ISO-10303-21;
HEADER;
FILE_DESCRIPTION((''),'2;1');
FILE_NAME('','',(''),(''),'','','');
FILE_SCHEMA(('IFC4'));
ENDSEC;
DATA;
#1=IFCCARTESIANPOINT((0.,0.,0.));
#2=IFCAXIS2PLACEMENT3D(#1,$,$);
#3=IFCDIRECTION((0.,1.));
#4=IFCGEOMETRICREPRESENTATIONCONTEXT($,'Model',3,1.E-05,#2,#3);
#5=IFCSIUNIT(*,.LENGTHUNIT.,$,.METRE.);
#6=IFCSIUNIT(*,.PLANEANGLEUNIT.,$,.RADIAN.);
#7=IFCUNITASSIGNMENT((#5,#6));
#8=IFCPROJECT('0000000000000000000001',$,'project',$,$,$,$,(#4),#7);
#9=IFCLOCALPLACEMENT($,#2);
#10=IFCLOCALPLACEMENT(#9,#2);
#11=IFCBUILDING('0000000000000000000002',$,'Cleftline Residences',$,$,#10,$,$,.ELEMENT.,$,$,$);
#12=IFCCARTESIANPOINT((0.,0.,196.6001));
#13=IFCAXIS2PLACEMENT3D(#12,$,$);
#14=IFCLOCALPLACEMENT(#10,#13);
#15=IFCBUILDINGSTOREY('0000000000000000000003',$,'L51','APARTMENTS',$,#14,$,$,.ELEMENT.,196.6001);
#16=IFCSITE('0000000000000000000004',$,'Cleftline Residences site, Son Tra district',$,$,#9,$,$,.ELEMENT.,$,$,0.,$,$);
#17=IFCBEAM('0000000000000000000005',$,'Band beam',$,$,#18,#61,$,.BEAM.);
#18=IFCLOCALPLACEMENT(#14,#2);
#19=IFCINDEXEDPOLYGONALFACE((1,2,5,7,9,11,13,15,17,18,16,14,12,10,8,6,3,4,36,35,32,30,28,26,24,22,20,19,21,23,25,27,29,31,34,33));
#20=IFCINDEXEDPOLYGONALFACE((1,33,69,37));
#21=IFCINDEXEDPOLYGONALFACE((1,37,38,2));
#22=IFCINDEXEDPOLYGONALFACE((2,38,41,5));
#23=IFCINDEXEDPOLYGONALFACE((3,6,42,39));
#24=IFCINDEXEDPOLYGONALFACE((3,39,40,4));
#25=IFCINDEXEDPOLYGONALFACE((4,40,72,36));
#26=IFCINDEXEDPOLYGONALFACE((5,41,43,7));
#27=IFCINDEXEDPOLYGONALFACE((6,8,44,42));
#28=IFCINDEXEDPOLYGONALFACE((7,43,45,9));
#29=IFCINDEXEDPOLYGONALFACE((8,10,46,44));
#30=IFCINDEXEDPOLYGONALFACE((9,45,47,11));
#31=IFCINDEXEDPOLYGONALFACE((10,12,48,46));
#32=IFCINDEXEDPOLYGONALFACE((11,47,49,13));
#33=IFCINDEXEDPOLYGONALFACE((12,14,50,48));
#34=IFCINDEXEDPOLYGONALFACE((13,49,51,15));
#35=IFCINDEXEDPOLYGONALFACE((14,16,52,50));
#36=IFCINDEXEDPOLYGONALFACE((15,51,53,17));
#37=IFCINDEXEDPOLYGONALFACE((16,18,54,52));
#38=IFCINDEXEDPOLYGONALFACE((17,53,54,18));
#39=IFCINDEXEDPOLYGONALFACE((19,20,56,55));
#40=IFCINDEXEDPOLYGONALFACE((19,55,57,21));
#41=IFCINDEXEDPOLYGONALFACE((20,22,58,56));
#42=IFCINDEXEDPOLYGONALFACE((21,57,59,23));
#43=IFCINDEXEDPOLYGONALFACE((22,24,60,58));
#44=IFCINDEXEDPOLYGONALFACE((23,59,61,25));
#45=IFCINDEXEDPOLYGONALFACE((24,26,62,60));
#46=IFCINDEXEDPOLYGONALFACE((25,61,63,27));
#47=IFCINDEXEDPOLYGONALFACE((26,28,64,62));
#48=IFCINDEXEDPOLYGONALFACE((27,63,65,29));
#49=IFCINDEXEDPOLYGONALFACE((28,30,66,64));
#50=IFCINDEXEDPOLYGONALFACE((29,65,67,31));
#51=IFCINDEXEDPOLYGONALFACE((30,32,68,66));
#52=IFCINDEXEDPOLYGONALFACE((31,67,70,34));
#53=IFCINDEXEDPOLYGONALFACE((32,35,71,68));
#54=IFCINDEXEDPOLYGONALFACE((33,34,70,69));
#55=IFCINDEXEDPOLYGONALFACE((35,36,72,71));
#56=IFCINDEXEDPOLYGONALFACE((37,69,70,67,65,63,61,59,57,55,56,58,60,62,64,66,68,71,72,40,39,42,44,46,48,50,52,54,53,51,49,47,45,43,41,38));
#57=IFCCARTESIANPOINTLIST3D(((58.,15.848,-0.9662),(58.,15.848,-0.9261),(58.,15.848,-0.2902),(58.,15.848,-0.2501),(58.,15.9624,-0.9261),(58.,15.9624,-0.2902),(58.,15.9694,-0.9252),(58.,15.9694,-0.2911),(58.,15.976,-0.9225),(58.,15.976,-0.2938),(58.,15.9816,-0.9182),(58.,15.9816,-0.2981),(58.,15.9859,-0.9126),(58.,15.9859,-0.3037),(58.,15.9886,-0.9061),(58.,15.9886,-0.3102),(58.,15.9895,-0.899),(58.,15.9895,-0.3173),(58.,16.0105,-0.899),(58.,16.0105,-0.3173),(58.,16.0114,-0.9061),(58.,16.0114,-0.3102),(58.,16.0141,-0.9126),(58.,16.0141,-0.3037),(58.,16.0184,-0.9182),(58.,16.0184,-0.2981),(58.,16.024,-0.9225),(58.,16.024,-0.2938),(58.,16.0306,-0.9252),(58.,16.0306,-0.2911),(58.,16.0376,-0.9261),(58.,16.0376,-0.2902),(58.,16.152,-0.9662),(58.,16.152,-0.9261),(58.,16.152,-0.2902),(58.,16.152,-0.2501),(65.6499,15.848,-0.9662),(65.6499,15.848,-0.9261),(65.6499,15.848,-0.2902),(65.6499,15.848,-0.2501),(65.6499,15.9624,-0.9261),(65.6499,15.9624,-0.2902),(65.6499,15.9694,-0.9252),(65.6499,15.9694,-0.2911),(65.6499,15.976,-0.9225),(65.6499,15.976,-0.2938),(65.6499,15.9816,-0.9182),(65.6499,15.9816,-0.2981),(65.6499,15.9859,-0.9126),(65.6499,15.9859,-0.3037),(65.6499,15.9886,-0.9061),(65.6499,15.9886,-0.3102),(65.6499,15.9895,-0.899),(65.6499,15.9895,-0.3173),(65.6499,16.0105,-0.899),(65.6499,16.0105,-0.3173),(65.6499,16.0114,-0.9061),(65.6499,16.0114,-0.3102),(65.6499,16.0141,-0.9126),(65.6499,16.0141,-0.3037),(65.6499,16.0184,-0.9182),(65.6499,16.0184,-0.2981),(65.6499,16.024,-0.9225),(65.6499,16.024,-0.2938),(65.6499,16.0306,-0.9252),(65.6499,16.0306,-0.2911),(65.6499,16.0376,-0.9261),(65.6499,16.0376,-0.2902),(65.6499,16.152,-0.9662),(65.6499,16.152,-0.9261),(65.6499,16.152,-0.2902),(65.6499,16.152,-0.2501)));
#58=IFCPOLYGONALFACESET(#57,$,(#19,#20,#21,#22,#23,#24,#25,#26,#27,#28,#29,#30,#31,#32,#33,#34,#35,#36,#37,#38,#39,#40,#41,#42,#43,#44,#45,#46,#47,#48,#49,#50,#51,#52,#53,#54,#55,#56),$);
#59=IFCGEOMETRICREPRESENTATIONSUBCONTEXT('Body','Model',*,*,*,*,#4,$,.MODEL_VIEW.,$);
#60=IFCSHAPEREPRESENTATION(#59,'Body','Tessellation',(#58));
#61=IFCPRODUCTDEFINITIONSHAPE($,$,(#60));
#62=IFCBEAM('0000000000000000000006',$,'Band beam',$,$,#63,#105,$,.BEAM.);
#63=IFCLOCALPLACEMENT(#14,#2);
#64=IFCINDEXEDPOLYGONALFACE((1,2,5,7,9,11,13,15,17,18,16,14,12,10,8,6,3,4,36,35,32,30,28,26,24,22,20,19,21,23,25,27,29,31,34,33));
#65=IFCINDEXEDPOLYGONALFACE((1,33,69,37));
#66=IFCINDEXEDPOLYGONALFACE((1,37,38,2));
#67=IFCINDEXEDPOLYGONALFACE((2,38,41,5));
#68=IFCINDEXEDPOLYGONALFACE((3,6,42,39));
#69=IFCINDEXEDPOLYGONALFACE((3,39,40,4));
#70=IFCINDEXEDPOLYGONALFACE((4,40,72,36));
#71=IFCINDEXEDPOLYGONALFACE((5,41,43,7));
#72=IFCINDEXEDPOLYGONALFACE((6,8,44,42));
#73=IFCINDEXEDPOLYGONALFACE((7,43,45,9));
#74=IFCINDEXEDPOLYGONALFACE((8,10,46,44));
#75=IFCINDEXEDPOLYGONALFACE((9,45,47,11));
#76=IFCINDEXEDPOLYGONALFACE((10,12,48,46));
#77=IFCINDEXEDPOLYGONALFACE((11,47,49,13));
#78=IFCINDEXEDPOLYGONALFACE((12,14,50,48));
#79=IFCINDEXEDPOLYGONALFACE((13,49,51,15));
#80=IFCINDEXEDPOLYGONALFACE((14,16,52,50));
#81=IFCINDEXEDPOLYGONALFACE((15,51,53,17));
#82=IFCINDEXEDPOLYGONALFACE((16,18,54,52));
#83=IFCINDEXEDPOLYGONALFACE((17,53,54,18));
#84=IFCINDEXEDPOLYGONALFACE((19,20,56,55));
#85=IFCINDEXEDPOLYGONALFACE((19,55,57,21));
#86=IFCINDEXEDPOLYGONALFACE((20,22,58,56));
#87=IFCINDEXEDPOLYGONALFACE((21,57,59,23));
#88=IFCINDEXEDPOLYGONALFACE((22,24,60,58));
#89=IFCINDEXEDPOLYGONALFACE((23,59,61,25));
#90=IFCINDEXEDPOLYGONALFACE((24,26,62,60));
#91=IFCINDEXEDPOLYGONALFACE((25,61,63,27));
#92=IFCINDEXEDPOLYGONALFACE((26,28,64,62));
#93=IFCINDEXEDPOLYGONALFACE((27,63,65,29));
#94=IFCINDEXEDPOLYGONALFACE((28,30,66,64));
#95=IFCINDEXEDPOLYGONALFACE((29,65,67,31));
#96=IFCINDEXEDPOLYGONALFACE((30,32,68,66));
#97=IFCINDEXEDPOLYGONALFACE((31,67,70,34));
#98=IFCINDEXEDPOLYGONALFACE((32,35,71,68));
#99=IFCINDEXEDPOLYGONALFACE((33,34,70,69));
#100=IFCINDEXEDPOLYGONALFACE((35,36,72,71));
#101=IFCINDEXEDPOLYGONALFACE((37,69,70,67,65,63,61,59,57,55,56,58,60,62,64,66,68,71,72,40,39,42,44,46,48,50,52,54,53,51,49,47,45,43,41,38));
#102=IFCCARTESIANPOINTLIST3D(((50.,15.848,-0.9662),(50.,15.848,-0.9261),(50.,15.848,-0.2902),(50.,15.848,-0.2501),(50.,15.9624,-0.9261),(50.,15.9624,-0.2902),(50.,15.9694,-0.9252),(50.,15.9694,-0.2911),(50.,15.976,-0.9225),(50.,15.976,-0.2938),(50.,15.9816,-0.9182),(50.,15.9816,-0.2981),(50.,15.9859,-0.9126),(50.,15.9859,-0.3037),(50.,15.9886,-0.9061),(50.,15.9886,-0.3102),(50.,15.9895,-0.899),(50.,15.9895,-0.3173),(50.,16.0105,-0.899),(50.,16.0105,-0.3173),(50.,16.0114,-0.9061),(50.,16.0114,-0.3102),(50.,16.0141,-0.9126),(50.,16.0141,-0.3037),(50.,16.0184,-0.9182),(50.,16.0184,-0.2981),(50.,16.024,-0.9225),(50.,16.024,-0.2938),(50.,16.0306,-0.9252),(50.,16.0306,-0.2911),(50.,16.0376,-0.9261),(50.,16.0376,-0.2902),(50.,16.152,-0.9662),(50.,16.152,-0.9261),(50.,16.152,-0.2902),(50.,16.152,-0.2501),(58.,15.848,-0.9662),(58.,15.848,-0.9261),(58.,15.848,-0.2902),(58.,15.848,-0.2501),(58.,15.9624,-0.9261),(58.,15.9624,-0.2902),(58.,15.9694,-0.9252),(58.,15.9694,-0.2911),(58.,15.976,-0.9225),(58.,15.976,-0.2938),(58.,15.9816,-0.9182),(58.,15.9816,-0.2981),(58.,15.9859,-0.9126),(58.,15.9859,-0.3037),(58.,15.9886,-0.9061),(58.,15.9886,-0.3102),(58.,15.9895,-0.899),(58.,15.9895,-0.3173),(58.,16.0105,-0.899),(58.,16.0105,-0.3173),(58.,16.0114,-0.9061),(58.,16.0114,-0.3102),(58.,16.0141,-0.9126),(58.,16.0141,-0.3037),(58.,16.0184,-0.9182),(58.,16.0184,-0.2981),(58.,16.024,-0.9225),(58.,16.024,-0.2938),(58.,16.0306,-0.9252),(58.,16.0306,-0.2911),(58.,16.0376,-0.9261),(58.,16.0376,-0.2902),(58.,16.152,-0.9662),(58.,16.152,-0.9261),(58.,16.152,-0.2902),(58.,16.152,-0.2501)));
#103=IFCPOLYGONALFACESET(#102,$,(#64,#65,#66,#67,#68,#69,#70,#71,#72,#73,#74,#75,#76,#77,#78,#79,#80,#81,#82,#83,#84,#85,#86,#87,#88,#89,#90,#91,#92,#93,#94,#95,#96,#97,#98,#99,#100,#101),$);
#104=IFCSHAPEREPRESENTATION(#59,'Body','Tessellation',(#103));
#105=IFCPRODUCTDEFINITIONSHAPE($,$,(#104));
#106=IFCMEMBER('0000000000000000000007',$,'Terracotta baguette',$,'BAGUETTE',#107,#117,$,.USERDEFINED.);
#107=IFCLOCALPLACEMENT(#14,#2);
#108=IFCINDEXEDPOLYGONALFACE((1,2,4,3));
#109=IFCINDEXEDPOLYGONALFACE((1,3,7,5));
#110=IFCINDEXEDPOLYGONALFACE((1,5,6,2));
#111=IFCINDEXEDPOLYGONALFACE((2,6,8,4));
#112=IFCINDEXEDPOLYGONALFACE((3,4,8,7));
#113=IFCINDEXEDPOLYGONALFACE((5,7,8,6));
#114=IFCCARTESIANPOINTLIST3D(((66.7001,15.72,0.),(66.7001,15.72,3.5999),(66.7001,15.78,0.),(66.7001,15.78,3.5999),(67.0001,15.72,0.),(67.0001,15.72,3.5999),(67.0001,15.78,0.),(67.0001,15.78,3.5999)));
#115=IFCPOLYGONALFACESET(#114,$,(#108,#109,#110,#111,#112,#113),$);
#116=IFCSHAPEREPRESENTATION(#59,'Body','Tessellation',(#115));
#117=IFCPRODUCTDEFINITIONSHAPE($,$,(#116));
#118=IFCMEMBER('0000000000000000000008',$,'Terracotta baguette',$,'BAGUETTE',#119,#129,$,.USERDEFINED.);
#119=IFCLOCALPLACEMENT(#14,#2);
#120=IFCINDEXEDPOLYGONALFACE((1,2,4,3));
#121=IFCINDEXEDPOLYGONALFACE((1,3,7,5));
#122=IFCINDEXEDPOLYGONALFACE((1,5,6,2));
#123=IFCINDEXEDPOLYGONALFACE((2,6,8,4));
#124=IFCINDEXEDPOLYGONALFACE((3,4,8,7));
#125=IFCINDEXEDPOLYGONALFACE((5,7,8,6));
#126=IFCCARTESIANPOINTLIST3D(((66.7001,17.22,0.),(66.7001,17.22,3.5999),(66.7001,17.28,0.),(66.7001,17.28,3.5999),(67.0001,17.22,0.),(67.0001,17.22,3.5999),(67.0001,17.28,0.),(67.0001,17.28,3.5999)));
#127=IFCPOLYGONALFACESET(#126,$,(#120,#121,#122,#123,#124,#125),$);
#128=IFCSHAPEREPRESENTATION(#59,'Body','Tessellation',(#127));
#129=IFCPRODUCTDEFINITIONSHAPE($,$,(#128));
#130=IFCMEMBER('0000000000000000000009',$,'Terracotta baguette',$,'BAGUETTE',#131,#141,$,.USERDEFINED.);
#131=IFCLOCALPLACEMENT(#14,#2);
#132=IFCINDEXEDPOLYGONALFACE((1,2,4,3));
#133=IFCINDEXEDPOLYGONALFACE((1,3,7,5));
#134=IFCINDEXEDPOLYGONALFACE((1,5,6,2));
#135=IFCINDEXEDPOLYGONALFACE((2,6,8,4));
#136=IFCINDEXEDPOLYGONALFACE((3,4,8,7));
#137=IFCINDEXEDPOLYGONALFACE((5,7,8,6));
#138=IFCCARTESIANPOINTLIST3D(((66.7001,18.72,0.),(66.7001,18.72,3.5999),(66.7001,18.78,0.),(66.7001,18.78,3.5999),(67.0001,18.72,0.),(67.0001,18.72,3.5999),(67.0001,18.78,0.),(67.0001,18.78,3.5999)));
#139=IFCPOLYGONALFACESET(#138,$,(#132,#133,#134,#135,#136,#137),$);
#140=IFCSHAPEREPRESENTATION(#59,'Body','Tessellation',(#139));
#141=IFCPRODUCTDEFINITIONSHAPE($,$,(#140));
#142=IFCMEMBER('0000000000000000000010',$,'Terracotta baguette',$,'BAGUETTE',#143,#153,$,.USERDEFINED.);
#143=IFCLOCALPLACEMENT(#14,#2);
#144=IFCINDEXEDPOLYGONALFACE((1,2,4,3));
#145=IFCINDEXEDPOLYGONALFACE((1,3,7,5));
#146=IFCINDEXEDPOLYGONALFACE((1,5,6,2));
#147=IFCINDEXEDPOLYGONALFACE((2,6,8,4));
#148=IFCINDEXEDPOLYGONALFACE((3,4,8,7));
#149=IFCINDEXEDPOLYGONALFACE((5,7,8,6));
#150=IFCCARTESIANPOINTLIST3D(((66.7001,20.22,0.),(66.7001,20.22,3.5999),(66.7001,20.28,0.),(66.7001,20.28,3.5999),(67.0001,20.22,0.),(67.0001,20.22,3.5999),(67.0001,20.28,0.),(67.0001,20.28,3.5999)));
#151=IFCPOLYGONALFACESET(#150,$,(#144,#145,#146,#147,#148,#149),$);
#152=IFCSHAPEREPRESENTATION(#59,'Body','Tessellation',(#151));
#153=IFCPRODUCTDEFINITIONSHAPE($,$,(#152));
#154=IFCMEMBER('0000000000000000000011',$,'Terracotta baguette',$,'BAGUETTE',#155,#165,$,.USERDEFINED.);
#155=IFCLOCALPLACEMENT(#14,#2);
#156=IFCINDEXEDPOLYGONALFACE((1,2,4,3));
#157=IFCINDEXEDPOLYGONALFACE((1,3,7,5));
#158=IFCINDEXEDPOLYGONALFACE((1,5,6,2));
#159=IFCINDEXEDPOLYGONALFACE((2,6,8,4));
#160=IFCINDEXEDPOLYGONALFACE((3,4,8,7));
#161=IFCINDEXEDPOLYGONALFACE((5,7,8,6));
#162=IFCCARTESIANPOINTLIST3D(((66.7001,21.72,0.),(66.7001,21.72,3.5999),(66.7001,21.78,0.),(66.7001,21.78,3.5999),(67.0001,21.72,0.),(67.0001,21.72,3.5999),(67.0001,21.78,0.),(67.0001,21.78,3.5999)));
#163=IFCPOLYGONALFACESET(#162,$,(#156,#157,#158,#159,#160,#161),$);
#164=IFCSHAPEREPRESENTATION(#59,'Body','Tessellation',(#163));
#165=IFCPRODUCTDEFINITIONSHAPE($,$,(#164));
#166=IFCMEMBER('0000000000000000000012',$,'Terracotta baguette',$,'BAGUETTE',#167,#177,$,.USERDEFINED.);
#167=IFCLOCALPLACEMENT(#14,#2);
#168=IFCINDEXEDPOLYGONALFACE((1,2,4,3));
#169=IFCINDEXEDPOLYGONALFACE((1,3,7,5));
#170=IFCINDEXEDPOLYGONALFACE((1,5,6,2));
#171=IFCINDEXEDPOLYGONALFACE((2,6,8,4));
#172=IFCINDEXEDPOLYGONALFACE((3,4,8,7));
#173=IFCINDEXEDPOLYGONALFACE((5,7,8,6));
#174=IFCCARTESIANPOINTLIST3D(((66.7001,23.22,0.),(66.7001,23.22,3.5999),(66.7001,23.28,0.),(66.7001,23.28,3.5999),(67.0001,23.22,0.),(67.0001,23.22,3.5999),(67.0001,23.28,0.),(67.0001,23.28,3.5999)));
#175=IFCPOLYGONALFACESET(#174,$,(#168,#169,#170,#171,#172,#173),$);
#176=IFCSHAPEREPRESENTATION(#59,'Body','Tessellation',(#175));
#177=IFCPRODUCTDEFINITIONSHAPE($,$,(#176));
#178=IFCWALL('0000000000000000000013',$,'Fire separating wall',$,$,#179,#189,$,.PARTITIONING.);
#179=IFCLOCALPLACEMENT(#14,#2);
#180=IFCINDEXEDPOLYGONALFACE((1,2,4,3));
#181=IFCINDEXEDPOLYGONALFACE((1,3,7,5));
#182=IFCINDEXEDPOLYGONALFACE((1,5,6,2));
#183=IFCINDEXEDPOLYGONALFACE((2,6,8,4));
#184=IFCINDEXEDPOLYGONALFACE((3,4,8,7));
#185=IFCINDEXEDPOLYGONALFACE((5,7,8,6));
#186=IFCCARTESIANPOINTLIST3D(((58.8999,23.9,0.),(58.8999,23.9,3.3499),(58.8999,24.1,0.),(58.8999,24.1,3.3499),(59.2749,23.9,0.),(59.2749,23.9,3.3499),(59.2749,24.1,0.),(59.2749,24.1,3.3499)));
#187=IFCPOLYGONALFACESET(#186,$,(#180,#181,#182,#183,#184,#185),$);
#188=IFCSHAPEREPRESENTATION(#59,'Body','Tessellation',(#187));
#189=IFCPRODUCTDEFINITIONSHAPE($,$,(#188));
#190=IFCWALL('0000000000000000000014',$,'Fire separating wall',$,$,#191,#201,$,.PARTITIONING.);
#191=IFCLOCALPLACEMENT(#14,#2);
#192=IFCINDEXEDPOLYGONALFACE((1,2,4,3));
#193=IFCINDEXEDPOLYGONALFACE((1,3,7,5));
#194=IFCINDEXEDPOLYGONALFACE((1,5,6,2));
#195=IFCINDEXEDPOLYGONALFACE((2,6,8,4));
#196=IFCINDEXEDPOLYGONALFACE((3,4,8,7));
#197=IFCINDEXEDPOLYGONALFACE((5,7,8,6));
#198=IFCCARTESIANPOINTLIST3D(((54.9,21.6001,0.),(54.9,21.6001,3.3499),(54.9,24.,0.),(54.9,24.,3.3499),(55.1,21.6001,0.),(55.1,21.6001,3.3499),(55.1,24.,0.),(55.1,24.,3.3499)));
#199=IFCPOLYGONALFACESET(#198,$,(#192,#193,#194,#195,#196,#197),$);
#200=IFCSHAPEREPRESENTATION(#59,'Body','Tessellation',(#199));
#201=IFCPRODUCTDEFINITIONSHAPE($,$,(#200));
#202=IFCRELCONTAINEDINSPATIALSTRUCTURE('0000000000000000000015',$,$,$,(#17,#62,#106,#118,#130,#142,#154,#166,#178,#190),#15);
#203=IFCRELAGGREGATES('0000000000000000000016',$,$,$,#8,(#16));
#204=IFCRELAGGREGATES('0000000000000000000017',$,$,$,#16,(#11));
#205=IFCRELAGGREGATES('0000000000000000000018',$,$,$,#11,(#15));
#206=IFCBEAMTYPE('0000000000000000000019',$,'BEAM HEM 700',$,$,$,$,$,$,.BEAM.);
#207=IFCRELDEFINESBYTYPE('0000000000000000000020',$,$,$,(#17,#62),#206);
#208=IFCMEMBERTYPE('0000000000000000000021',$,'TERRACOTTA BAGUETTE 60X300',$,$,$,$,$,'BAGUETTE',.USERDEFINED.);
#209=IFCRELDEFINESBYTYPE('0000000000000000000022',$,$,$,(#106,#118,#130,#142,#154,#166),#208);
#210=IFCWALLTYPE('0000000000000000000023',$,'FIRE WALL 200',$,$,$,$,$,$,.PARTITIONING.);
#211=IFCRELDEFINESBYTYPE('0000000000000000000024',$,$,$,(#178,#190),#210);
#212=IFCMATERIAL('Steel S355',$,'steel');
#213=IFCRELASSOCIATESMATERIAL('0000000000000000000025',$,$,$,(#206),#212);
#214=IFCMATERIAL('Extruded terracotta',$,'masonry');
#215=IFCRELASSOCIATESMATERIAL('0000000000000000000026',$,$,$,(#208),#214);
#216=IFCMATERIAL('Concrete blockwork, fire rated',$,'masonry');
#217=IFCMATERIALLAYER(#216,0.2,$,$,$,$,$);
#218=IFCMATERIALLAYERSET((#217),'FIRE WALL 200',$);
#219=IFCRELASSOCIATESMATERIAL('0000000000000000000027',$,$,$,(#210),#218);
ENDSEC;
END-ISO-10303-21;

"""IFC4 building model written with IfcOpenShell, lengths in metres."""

from ifc_helpers import new_model, si_unit, direction, frame, frame_2d, origin, origin_2d, place, context, subcontext, project, spatial, rectangle, i_section, extrude, material, layer, layer_set, material_profile, profile_set, type_object, element, save


model = new_model("IFC4")

# Units and contexts
model_context = context("Model", 3, precision=1e-05, world=origin(), true_north=direction((0.0, 1.0)))
body_context = subcontext(model_context, "Body", "Model", "MODEL_VIEW")
ifc_project = project(units=[si_unit("LENGTHUNIT", "METRE"), si_unit("PLANEANGLEUNIT", "RADIAN")], contexts=[model_context])

# Site, building, storey
site_placement = place(None, origin())
site = spatial("IfcSite", under=ifc_project, at=site_placement, Name="Cleftline Residences site, Son Tra district", CompositionType="ELEMENT", RefElevation=0.0)
building_placement = place(site_placement, origin())
building = spatial("IfcBuilding", under=site, at=building_placement, Name="Cleftline Residences", CompositionType="ELEMENT")
storey_placement = place(building_placement, frame((0.0, 0.0, 196.6001)))
storey = spatial("IfcBuildingStorey", under=building, at=storey_placement, Name="L51", Description="APARTMENTS", CompositionType="ELEMENT", Elevation=196.6001)

# Beams
ifc_material_1 = material(Name="Steel S355", Category="steel")
ifc_material_profile_1 = material_profile(ifc_material_1, i_section(OverallWidth=0.304, OverallDepth=0.7161, WebThickness=0.021, FlangeThickness=0.04, FilletRadius=0.0271, at=origin_2d()))
ifc_profile_set_1 = profile_set([ifc_material_profile_1], Name="Steel S355")
beam_type_1 = type_object("IfcBeamType", Name="BEAM HEM 700", PredefinedType="BEAM", material=ifc_profile_set_1)
beam_1_placement = place(storey_placement, frame((65.6499, 16.0, -0.6082), z_axis=(-1.0, 0.0, 0.0), x_axis=(0.0, -1.0, 0.0)))
element("IfcBeam", 1, at=beam_1_placement, inside=storey, type_object=beam_type_1, Name="Band beam", PredefinedType="BEAM", context=body_context, shape_type="SweptSolid", body=[
    extrude(i_section(OverallWidth=0.304, OverallDepth=0.7161, WebThickness=0.021, FlangeThickness=0.04, FilletRadius=0.0271, at=origin_2d()), origin(), (0.0, 0.0, 1.0), 7.6499),
])
beam_2_placement = place(storey_placement, frame((58.0, 16.0, -0.6082), z_axis=(-1.0, 0.0, 0.0), x_axis=(0.0, -1.0, 0.0)))
element("IfcBeam", 2, at=beam_2_placement, inside=storey, type_object=beam_type_1, Name="Band beam", PredefinedType="BEAM", context=body_context, shape_type="SweptSolid", body=[
    extrude(i_section(OverallWidth=0.304, OverallDepth=0.7161, WebThickness=0.021, FlangeThickness=0.04, FilletRadius=0.0271, at=origin_2d()), origin(), (0.0, 0.0, 1.0), 8.0),
])

# Members
ifc_material_2 = material(Name="Extruded terracotta", Category="masonry")
ifc_material_profile_2 = material_profile(ifc_material_2, rectangle(XDim=0.0601, YDim=0.3, at=origin_2d()))
ifc_profile_set_2 = profile_set([ifc_material_profile_2], Name="Extruded terracotta")
member_type_1 = type_object("IfcMemberType", Name="TERRACOTTA BAGUETTE 60X300", ElementType="BAGUETTE", PredefinedType="USERDEFINED", material=ifc_profile_set_2)
for number, where, z_axis, x_axis, name in (
    (3, (66.8501, 15.75, 0.0), (0.0, 0.0, 1.0), (0.0, 1.0, 0.0), "Terracotta baguette"),
    (4, (66.8501, 17.25, 0.0), (0.0, 0.0, 1.0), (0.0, 1.0, 0.0), "Terracotta baguette"),
    (5, (66.8501, 18.75, 0.0), (0.0, 0.0, 1.0), (0.0, 1.0, 0.0), "Terracotta baguette"),
    (6, (66.8501, 20.25, 0.0), (0.0, 0.0, 1.0), (0.0, 1.0, 0.0), "Terracotta baguette"),
    (7, (66.8501, 21.75, 0.0), (0.0, 0.0, 1.0), (0.0, 1.0, 0.0), "Terracotta baguette"),
    (8, (66.8501, 23.25, 0.0), (0.0, 0.0, 1.0), (0.0, 1.0, 0.0), "Terracotta baguette"),
):
    element("IfcMember", number, at=place(storey_placement, frame(where, z_axis=z_axis, x_axis=x_axis)), inside=storey, type_object=member_type_1, Name=name, ObjectType="BAGUETTE", PredefinedType="USERDEFINED", context=body_context, shape_type="SweptSolid", body=[
        extrude(rectangle(XDim=0.0601, YDim=0.3, at=origin_2d()), origin(), (0.0, 0.0, 1.0), 3.5999),
    ])

# Walls
ifc_material_3 = material(Name="Concrete blockwork, fire rated", Category="masonry")
ifc_layer_1 = layer(ifc_material_3, 0.2)
ifc_layer_set_1 = layer_set([ifc_layer_1], Name="FIRE WALL 200")
wall_type_1 = type_object("IfcWallType", Name="FIRE WALL 200", PredefinedType="PARTITIONING", material=ifc_layer_set_1)
wall_1_placement = place(storey_placement, frame((58.8999, 24.0, 0.0), z_axis=(0.0, 0.0, 1.0), x_axis=(1.0, 0.0, 0.0)))
element("IfcWall", 9, at=wall_1_placement, inside=storey, type_object=wall_type_1, Name="Fire separating wall", PredefinedType="PARTITIONING", context=body_context, shape_type="SweptSolid", body=[
    extrude(rectangle(XDim=0.375, YDim=0.2, at=frame_2d((0.1875, 0.0))), origin(), (0.0, 0.0, 1.0), 3.3499),
])
wall_2_placement = place(storey_placement, frame((55.0, 21.6001, 0.0), z_axis=(0.0, 0.0, 1.0), x_axis=(0.0, 1.0, 0.0)))
element("IfcWall", 10, at=wall_2_placement, inside=storey, type_object=wall_type_1, Name="Fire separating wall", PredefinedType="PARTITIONING", context=body_context, shape_type="SweptSolid", body=[
    extrude(rectangle(XDim=2.3999, YDim=0.2, at=frame_2d((1.2, 0.0))), origin(), (0.0, 0.0, 1.0), 3.3499),
])

save(model, "model.ifc")
